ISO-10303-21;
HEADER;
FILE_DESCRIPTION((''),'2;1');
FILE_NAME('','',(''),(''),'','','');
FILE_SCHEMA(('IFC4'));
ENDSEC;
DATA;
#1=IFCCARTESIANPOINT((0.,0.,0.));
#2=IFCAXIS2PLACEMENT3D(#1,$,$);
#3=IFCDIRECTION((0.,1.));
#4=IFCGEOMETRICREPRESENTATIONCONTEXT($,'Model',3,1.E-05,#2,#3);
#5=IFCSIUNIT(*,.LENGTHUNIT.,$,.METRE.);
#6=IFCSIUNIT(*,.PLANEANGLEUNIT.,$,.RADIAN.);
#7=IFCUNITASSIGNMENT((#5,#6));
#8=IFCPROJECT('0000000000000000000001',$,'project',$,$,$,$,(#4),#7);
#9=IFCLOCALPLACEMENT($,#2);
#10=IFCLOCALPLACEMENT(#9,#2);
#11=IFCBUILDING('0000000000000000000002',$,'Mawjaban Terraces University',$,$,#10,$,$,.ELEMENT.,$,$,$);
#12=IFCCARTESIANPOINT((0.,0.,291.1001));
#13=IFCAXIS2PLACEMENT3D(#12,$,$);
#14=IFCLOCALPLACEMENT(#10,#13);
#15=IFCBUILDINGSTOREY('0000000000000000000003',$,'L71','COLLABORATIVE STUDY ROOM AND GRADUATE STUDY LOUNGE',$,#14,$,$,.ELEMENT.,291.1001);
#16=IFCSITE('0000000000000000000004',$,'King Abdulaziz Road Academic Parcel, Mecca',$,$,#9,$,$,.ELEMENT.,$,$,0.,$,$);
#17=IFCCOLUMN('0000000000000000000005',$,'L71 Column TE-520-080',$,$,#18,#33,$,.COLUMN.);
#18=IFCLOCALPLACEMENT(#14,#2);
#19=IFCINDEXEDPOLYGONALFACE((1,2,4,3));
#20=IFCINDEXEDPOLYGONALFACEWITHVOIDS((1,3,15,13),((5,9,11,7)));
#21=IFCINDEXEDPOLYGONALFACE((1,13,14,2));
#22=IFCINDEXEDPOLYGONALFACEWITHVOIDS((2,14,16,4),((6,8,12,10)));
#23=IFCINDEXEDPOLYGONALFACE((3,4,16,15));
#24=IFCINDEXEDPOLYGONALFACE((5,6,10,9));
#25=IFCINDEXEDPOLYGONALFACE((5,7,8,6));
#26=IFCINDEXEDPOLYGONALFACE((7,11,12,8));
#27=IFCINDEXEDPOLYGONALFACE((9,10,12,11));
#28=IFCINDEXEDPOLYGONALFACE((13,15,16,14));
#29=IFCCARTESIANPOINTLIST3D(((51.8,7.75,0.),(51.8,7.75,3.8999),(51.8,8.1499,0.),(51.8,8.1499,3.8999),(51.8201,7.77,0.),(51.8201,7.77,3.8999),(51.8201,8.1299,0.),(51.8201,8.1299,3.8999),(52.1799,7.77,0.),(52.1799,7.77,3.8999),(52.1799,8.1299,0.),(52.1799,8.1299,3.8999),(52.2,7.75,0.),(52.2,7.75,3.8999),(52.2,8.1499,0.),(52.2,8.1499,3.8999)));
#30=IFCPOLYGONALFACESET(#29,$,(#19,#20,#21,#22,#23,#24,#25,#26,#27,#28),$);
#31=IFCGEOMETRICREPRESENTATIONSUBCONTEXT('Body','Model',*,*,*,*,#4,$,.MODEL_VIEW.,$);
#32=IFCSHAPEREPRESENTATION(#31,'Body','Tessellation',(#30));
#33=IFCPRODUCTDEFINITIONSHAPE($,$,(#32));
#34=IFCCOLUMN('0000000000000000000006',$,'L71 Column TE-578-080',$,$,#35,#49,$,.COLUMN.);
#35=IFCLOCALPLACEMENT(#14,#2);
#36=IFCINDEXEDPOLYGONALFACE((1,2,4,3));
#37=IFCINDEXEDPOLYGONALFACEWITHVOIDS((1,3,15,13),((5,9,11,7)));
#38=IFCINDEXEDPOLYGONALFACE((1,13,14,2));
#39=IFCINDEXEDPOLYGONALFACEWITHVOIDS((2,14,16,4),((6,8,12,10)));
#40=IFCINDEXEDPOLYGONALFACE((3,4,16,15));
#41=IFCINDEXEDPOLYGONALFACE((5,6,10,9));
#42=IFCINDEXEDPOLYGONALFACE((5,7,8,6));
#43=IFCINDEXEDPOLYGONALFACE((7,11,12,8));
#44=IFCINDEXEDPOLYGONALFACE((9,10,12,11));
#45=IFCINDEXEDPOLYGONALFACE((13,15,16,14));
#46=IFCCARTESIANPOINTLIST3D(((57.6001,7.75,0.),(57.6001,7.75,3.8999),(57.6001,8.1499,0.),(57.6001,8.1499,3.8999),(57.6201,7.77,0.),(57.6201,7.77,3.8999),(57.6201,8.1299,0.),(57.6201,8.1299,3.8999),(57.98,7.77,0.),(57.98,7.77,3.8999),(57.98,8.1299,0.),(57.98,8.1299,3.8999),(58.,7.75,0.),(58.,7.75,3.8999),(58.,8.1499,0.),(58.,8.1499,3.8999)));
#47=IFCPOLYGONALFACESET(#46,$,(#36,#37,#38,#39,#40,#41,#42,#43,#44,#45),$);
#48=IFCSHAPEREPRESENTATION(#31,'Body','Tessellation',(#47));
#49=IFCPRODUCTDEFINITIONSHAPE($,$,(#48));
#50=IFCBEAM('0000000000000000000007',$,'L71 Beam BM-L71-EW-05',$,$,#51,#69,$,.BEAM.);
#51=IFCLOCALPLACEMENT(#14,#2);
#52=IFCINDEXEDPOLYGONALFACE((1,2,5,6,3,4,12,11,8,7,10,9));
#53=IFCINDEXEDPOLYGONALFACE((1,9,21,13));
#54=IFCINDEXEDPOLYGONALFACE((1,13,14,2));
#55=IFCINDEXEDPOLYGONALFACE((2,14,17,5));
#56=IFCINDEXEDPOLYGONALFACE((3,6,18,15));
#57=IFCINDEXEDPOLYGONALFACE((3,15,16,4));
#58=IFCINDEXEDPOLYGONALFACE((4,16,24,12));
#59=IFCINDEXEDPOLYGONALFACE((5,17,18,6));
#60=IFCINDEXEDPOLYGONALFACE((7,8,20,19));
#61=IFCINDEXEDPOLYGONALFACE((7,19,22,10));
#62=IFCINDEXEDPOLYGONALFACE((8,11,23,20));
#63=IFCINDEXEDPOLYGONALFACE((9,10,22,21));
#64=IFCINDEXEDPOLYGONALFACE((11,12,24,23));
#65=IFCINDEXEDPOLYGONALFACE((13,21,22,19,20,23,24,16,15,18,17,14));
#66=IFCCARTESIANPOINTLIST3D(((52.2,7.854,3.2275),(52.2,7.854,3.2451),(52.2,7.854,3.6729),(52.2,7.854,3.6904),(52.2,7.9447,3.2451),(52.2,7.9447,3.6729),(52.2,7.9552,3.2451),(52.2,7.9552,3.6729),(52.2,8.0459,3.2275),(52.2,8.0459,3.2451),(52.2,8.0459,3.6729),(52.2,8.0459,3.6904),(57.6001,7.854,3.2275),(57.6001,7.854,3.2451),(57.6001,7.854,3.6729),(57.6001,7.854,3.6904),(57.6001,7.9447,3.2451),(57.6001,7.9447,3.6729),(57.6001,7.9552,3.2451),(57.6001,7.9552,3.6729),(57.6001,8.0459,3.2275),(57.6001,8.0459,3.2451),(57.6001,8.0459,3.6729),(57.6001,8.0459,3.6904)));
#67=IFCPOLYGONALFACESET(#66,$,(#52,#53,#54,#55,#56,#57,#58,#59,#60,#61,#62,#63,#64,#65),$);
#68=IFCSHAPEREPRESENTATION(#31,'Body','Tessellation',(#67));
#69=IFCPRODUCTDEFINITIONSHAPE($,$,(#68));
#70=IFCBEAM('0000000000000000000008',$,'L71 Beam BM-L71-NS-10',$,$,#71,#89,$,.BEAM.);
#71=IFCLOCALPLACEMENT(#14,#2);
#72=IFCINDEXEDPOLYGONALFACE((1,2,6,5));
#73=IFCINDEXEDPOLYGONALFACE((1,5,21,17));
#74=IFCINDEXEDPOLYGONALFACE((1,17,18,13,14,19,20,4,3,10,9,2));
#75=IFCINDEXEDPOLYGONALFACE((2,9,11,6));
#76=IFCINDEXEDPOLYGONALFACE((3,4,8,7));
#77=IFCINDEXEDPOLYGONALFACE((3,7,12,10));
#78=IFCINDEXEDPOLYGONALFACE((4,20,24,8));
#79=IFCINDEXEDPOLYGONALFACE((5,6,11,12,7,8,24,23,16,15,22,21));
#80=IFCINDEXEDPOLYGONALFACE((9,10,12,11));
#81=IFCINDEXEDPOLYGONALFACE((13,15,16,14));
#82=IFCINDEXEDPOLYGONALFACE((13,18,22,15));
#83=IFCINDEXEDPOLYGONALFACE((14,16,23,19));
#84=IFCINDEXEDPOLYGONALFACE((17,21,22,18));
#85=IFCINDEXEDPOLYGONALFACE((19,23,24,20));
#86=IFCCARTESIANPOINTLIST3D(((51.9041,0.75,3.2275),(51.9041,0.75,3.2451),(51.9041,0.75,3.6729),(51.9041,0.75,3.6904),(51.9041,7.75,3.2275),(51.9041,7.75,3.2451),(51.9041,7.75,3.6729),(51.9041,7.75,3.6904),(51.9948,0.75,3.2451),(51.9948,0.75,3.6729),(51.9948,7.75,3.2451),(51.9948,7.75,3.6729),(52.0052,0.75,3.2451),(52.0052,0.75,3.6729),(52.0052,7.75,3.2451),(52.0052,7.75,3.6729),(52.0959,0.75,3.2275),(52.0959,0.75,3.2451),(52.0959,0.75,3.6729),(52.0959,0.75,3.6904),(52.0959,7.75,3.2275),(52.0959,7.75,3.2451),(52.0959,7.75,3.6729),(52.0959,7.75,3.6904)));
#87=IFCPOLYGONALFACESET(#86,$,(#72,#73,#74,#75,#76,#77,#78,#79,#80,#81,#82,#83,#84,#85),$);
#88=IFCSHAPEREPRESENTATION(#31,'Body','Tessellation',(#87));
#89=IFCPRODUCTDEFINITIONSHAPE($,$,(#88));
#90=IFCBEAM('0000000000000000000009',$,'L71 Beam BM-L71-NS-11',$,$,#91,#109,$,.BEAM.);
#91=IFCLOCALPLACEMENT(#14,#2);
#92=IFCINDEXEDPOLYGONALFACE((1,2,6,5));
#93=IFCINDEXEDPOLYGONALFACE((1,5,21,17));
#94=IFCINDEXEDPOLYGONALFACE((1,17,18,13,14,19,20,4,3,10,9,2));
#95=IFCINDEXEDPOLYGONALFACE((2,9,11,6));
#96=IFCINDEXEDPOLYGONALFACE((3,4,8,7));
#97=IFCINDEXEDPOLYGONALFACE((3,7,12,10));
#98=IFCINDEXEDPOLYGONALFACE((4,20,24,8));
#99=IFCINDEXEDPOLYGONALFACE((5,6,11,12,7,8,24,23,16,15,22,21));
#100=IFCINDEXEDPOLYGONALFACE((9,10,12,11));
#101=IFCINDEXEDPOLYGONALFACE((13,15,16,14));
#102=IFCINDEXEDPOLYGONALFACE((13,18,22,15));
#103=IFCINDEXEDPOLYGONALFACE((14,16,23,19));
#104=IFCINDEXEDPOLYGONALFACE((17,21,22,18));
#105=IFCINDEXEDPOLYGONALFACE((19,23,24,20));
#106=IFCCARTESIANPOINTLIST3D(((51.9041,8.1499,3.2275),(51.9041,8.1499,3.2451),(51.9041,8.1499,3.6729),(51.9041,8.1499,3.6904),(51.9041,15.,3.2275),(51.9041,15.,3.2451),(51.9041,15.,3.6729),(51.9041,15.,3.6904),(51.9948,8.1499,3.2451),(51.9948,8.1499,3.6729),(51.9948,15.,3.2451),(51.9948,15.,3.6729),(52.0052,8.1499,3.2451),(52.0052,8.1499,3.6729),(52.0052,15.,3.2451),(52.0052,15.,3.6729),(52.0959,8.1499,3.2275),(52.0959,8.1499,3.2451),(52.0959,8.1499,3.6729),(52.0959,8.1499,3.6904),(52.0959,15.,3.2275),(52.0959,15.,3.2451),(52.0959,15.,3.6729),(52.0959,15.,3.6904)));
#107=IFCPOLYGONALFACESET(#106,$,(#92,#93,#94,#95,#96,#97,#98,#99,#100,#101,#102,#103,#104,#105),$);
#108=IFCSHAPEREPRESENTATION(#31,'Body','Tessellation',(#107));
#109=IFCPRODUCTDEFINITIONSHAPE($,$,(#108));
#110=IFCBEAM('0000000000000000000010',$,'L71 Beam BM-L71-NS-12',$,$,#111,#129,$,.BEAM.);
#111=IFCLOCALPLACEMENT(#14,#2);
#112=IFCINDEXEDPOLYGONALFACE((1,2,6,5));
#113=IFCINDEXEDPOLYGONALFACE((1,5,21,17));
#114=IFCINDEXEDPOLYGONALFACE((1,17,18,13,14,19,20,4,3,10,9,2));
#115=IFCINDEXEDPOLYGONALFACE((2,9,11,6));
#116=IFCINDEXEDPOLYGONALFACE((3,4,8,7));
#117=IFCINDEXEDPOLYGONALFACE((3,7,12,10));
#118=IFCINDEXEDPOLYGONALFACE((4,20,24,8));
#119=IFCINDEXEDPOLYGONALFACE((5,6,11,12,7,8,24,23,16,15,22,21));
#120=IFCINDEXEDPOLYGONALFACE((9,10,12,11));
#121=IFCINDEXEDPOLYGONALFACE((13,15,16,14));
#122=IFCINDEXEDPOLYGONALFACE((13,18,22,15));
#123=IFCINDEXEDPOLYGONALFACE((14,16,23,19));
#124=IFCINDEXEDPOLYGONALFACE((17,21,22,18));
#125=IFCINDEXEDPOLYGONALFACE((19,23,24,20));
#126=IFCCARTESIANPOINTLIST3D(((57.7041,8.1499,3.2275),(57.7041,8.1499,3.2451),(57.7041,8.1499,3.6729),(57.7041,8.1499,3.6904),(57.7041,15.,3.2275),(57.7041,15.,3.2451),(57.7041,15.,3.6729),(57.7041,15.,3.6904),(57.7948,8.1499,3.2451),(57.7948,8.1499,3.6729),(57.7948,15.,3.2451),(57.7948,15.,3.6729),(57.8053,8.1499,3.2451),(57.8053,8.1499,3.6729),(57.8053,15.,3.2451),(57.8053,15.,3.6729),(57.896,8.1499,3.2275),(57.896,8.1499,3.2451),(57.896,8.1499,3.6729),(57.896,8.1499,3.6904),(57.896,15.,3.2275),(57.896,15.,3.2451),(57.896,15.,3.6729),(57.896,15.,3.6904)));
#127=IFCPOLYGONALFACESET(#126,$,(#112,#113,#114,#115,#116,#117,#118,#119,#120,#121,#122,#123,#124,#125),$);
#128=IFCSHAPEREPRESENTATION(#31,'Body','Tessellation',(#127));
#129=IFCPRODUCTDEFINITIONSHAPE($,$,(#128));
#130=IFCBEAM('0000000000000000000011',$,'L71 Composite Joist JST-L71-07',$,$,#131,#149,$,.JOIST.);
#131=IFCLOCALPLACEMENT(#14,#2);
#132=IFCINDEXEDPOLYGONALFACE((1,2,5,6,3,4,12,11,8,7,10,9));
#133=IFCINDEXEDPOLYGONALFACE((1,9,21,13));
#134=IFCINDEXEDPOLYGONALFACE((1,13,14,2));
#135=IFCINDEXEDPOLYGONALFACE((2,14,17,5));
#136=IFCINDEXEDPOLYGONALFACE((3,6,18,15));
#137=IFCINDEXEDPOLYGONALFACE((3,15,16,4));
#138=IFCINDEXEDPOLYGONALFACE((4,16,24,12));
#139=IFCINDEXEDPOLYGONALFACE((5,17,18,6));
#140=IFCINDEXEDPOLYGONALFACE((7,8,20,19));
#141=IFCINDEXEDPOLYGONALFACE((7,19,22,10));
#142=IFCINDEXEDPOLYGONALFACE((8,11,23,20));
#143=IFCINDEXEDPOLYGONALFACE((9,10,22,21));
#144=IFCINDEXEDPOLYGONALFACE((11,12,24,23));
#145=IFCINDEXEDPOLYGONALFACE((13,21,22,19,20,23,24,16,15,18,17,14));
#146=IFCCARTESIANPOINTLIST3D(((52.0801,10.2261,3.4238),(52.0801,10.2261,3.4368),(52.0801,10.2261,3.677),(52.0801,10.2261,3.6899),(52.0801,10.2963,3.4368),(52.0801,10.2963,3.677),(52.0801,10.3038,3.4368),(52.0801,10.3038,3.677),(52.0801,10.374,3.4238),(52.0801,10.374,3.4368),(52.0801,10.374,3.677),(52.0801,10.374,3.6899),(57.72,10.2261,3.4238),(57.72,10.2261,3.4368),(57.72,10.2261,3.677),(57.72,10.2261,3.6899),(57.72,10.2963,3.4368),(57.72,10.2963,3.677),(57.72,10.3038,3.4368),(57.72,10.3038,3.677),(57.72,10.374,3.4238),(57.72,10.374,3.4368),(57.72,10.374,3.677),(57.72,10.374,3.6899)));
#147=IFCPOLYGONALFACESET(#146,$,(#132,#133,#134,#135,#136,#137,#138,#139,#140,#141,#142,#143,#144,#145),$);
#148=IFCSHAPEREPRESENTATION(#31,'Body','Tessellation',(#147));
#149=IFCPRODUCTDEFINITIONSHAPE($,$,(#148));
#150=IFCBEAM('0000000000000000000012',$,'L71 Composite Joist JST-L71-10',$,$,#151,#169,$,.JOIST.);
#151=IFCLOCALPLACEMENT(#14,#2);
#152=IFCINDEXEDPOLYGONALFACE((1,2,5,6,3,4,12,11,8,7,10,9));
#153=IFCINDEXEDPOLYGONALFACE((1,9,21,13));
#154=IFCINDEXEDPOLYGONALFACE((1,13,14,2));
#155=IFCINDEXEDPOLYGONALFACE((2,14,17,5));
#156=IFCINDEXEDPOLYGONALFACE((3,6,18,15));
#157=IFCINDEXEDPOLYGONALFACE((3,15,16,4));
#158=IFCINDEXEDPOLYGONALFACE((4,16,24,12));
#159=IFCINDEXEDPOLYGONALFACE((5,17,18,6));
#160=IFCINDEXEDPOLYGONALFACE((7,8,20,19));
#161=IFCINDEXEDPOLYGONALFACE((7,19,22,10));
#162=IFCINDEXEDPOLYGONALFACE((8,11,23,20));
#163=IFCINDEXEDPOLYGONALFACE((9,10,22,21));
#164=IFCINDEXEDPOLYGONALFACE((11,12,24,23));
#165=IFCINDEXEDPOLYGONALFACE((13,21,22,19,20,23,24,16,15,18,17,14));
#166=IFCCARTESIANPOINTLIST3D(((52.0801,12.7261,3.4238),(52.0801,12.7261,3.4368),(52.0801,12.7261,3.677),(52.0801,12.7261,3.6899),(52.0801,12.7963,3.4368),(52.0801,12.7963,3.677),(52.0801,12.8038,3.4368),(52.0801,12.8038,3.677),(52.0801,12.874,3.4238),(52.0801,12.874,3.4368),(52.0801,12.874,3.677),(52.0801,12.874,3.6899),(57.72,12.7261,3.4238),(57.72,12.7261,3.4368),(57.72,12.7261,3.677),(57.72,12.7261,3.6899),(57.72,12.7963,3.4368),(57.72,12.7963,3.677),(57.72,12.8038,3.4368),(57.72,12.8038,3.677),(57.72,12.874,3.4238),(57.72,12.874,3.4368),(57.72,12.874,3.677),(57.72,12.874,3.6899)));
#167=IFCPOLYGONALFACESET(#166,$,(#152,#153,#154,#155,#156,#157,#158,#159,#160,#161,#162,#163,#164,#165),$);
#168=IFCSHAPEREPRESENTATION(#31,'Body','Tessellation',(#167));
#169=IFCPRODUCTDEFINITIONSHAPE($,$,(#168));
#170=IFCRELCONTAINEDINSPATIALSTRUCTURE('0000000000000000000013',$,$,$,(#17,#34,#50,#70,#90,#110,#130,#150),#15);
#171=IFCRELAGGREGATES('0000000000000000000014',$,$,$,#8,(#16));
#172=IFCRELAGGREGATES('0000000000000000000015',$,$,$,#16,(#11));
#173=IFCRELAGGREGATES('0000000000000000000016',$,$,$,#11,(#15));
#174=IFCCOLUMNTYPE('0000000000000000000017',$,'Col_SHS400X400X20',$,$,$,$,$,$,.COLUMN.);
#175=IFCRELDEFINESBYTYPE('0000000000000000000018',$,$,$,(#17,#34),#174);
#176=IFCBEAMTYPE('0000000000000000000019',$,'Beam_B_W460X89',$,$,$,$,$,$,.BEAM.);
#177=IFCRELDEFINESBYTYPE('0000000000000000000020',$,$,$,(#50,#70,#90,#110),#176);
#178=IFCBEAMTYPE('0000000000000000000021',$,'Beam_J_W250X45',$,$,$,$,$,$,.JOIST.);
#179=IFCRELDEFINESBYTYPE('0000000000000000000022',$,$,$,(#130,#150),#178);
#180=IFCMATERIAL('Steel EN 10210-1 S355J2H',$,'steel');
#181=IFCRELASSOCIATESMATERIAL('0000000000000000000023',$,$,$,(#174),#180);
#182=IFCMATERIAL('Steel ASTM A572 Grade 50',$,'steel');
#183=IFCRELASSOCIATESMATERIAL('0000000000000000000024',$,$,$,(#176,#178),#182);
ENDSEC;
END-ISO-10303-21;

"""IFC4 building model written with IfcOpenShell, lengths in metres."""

from ifc_helpers import new_model, si_unit, direction, frame, origin, origin_2d, place, context, subcontext, project, spatial, hollow_rectangle, i_section, extrude, material, material_profile, profile_set, type_object, element, save


model = new_model("IFC4")

# Units and contexts
model_context = context("Model", 3, precision=1e-05, world=origin(), true_north=direction((0.0, 1.0)))
body_context = subcontext(model_context, "Body", "Model", "MODEL_VIEW")
ifc_project = project(units=[si_unit("LENGTHUNIT", "METRE"), si_unit("PLANEANGLEUNIT", "RADIAN")], contexts=[model_context])

# Site, building, storey
site_placement = place(None, origin())
site = spatial("IfcSite", under=ifc_project, at=site_placement, Name="King Abdulaziz Road Academic Parcel, Mecca", CompositionType="ELEMENT", RefElevation=0.0)
building_placement = place(site_placement, origin())
building = spatial("IfcBuilding", under=site, at=building_placement, Name="Mawjaban Terraces University", CompositionType="ELEMENT")
storey_placement = place(building_placement, frame((0.0, 0.0, 291.1001)))
storey = spatial("IfcBuildingStorey", under=building, at=storey_placement, Name="L71", Description="COLLABORATIVE STUDY ROOM AND GRADUATE STUDY LOUNGE", CompositionType="ELEMENT", Elevation=291.1001)

# Columns
ifc_material_1 = material(Name="Steel EN 10210-1 S355J2H", Category="steel")
ifc_material_profile_1 = material_profile(ifc_material_1, hollow_rectangle(XDim=0.3999, YDim=0.3999, WallThickness=0.02, at=origin_2d()), Name="SHS400X400X20")
ifc_profile_set_1 = profile_set([ifc_material_profile_1], Name="Steel EN 10210-1 S355J2H")
column_type = type_object("IfcColumnType", Name="Col_SHS400X400X20", PredefinedType="COLUMN", material=ifc_profile_set_1)
for number, where, z_axis, x_axis, name in (
    (1, (52.0, 7.95, 0.0), (0.0, 0.0, 1.0), (1.0, 0.0, 0.0), "L71 Column TE-520-080"),
    (2, (57.8, 7.95, 0.0), (0.0, 0.0, 1.0), (1.0, 0.0, 0.0), "L71 Column TE-578-080"),
):
    element("IfcColumn", number, at=place(storey_placement, frame(where, z_axis=z_axis, x_axis=x_axis)), inside=storey, type_object=column_type, Name=name, PredefinedType="COLUMN", context=body_context, shape_type="SweptSolid", body=[
        extrude(hollow_rectangle(XDim=0.3999, YDim=0.3999, WallThickness=0.02, at=origin_2d()), origin(), (0.0, 0.0, 1.0), 3.8999),
    ])

# Beams
ifc_material_2 = material(Name="Steel ASTM A572 Grade 50", Category="steel")
ifc_material_profile_2 = material_profile(ifc_material_2, i_section(OverallWidth=0.1919, OverallDepth=0.4629, WebThickness=0.0105, FlangeThickness=0.0176, at=origin_2d()), Name="W460X89")
ifc_profile_set_2 = profile_set([ifc_material_profile_2], Name="Steel ASTM A572 Grade 50")
beam_type_1 = type_object("IfcBeamType", Name="Beam_B_W460X89", PredefinedType="BEAM", material=ifc_profile_set_2)
beam_1_placement = place(storey_placement, frame((52.2, 7.95, 3.459), z_axis=(1.0, 0.0, 0.0), x_axis=(0.0, 1.0, 0.0)))
element("IfcBeam", 3, at=beam_1_placement, inside=storey, type_object=beam_type_1, Name="L71 Beam BM-L71-EW-05", PredefinedType="BEAM", context=body_context, shape_type="SweptSolid", body=[
    extrude(i_section(OverallWidth=0.1919, OverallDepth=0.4629, WebThickness=0.0105, FlangeThickness=0.0176, at=origin_2d()), origin(), (0.0, 0.0, 1.0), 5.4001),
])
beam_2_placement = place(storey_placement, frame((52.0, 0.75, 3.459), z_axis=(0.0, 1.0, 0.0), x_axis=(-1.0, 0.0, 0.0)))
element("IfcBeam", 4, at=beam_2_placement, inside=storey, type_object=beam_type_1, Name="L71 Beam BM-L71-NS-10", PredefinedType="BEAM", context=body_context, shape_type="SweptSolid", body=[
    extrude(i_section(OverallWidth=0.1919, OverallDepth=0.4629, WebThickness=0.0105, FlangeThickness=0.0176, at=origin_2d()), origin(), (0.0, 0.0, 1.0), 7.0),
])
for number, where, z_axis, x_axis, name in (
    (5, (52.0, 8.1499, 3.459), (0.0, 1.0, 0.0), (-1.0, 0.0, 0.0), "L71 Beam BM-L71-NS-11"),
    (6, (57.8, 8.1499, 3.459), (0.0, 1.0, 0.0), (-1.0, 0.0, 0.0), "L71 Beam BM-L71-NS-12"),
):
    element("IfcBeam", number, at=place(storey_placement, frame(where, z_axis=z_axis, x_axis=x_axis)), inside=storey, type_object=beam_type_1, Name=name, PredefinedType="BEAM", context=body_context, shape_type="SweptSolid", body=[
        extrude(i_section(OverallWidth=0.1919, OverallDepth=0.4629, WebThickness=0.0105, FlangeThickness=0.0176, at=origin_2d()), origin(), (0.0, 0.0, 1.0), 6.8501),
    ])
ifc_material_profile_3 = material_profile(ifc_material_2, i_section(OverallWidth=0.1479, OverallDepth=0.2661, WebThickness=0.0076, FlangeThickness=0.0129, at=origin_2d()), Name="W250X45")
ifc_profile_set_3 = profile_set([ifc_material_profile_3], Name="Steel ASTM A572 Grade 50")
beam_type_2 = type_object("IfcBeamType", Name="Beam_J_W250X45", PredefinedType="JOIST", material=ifc_profile_set_3)
for number, where, z_axis, x_axis, name in (
    (7, (52.0801, 10.3, 3.5569), (1.0, 0.0, 0.0), (0.0, 1.0, 0.0), "L71 Composite Joist JST-L71-07"),
    (8, (52.0801, 12.8, 3.5569), (1.0, 0.0, 0.0), (0.0, 1.0, 0.0), "L71 Composite Joist JST-L71-10"),
):
    element("IfcBeam", number, at=place(storey_placement, frame(where, z_axis=z_axis, x_axis=x_axis)), inside=storey, type_object=beam_type_2, Name=name, PredefinedType="JOIST", context=body_context, shape_type="SweptSolid", body=[
        extrude(i_section(OverallWidth=0.1479, OverallDepth=0.2661, WebThickness=0.0076, FlangeThickness=0.0129, at=origin_2d()), origin(), (0.0, 0.0, 1.0), 5.6399),
    ])

save(model, "model.ifc")
